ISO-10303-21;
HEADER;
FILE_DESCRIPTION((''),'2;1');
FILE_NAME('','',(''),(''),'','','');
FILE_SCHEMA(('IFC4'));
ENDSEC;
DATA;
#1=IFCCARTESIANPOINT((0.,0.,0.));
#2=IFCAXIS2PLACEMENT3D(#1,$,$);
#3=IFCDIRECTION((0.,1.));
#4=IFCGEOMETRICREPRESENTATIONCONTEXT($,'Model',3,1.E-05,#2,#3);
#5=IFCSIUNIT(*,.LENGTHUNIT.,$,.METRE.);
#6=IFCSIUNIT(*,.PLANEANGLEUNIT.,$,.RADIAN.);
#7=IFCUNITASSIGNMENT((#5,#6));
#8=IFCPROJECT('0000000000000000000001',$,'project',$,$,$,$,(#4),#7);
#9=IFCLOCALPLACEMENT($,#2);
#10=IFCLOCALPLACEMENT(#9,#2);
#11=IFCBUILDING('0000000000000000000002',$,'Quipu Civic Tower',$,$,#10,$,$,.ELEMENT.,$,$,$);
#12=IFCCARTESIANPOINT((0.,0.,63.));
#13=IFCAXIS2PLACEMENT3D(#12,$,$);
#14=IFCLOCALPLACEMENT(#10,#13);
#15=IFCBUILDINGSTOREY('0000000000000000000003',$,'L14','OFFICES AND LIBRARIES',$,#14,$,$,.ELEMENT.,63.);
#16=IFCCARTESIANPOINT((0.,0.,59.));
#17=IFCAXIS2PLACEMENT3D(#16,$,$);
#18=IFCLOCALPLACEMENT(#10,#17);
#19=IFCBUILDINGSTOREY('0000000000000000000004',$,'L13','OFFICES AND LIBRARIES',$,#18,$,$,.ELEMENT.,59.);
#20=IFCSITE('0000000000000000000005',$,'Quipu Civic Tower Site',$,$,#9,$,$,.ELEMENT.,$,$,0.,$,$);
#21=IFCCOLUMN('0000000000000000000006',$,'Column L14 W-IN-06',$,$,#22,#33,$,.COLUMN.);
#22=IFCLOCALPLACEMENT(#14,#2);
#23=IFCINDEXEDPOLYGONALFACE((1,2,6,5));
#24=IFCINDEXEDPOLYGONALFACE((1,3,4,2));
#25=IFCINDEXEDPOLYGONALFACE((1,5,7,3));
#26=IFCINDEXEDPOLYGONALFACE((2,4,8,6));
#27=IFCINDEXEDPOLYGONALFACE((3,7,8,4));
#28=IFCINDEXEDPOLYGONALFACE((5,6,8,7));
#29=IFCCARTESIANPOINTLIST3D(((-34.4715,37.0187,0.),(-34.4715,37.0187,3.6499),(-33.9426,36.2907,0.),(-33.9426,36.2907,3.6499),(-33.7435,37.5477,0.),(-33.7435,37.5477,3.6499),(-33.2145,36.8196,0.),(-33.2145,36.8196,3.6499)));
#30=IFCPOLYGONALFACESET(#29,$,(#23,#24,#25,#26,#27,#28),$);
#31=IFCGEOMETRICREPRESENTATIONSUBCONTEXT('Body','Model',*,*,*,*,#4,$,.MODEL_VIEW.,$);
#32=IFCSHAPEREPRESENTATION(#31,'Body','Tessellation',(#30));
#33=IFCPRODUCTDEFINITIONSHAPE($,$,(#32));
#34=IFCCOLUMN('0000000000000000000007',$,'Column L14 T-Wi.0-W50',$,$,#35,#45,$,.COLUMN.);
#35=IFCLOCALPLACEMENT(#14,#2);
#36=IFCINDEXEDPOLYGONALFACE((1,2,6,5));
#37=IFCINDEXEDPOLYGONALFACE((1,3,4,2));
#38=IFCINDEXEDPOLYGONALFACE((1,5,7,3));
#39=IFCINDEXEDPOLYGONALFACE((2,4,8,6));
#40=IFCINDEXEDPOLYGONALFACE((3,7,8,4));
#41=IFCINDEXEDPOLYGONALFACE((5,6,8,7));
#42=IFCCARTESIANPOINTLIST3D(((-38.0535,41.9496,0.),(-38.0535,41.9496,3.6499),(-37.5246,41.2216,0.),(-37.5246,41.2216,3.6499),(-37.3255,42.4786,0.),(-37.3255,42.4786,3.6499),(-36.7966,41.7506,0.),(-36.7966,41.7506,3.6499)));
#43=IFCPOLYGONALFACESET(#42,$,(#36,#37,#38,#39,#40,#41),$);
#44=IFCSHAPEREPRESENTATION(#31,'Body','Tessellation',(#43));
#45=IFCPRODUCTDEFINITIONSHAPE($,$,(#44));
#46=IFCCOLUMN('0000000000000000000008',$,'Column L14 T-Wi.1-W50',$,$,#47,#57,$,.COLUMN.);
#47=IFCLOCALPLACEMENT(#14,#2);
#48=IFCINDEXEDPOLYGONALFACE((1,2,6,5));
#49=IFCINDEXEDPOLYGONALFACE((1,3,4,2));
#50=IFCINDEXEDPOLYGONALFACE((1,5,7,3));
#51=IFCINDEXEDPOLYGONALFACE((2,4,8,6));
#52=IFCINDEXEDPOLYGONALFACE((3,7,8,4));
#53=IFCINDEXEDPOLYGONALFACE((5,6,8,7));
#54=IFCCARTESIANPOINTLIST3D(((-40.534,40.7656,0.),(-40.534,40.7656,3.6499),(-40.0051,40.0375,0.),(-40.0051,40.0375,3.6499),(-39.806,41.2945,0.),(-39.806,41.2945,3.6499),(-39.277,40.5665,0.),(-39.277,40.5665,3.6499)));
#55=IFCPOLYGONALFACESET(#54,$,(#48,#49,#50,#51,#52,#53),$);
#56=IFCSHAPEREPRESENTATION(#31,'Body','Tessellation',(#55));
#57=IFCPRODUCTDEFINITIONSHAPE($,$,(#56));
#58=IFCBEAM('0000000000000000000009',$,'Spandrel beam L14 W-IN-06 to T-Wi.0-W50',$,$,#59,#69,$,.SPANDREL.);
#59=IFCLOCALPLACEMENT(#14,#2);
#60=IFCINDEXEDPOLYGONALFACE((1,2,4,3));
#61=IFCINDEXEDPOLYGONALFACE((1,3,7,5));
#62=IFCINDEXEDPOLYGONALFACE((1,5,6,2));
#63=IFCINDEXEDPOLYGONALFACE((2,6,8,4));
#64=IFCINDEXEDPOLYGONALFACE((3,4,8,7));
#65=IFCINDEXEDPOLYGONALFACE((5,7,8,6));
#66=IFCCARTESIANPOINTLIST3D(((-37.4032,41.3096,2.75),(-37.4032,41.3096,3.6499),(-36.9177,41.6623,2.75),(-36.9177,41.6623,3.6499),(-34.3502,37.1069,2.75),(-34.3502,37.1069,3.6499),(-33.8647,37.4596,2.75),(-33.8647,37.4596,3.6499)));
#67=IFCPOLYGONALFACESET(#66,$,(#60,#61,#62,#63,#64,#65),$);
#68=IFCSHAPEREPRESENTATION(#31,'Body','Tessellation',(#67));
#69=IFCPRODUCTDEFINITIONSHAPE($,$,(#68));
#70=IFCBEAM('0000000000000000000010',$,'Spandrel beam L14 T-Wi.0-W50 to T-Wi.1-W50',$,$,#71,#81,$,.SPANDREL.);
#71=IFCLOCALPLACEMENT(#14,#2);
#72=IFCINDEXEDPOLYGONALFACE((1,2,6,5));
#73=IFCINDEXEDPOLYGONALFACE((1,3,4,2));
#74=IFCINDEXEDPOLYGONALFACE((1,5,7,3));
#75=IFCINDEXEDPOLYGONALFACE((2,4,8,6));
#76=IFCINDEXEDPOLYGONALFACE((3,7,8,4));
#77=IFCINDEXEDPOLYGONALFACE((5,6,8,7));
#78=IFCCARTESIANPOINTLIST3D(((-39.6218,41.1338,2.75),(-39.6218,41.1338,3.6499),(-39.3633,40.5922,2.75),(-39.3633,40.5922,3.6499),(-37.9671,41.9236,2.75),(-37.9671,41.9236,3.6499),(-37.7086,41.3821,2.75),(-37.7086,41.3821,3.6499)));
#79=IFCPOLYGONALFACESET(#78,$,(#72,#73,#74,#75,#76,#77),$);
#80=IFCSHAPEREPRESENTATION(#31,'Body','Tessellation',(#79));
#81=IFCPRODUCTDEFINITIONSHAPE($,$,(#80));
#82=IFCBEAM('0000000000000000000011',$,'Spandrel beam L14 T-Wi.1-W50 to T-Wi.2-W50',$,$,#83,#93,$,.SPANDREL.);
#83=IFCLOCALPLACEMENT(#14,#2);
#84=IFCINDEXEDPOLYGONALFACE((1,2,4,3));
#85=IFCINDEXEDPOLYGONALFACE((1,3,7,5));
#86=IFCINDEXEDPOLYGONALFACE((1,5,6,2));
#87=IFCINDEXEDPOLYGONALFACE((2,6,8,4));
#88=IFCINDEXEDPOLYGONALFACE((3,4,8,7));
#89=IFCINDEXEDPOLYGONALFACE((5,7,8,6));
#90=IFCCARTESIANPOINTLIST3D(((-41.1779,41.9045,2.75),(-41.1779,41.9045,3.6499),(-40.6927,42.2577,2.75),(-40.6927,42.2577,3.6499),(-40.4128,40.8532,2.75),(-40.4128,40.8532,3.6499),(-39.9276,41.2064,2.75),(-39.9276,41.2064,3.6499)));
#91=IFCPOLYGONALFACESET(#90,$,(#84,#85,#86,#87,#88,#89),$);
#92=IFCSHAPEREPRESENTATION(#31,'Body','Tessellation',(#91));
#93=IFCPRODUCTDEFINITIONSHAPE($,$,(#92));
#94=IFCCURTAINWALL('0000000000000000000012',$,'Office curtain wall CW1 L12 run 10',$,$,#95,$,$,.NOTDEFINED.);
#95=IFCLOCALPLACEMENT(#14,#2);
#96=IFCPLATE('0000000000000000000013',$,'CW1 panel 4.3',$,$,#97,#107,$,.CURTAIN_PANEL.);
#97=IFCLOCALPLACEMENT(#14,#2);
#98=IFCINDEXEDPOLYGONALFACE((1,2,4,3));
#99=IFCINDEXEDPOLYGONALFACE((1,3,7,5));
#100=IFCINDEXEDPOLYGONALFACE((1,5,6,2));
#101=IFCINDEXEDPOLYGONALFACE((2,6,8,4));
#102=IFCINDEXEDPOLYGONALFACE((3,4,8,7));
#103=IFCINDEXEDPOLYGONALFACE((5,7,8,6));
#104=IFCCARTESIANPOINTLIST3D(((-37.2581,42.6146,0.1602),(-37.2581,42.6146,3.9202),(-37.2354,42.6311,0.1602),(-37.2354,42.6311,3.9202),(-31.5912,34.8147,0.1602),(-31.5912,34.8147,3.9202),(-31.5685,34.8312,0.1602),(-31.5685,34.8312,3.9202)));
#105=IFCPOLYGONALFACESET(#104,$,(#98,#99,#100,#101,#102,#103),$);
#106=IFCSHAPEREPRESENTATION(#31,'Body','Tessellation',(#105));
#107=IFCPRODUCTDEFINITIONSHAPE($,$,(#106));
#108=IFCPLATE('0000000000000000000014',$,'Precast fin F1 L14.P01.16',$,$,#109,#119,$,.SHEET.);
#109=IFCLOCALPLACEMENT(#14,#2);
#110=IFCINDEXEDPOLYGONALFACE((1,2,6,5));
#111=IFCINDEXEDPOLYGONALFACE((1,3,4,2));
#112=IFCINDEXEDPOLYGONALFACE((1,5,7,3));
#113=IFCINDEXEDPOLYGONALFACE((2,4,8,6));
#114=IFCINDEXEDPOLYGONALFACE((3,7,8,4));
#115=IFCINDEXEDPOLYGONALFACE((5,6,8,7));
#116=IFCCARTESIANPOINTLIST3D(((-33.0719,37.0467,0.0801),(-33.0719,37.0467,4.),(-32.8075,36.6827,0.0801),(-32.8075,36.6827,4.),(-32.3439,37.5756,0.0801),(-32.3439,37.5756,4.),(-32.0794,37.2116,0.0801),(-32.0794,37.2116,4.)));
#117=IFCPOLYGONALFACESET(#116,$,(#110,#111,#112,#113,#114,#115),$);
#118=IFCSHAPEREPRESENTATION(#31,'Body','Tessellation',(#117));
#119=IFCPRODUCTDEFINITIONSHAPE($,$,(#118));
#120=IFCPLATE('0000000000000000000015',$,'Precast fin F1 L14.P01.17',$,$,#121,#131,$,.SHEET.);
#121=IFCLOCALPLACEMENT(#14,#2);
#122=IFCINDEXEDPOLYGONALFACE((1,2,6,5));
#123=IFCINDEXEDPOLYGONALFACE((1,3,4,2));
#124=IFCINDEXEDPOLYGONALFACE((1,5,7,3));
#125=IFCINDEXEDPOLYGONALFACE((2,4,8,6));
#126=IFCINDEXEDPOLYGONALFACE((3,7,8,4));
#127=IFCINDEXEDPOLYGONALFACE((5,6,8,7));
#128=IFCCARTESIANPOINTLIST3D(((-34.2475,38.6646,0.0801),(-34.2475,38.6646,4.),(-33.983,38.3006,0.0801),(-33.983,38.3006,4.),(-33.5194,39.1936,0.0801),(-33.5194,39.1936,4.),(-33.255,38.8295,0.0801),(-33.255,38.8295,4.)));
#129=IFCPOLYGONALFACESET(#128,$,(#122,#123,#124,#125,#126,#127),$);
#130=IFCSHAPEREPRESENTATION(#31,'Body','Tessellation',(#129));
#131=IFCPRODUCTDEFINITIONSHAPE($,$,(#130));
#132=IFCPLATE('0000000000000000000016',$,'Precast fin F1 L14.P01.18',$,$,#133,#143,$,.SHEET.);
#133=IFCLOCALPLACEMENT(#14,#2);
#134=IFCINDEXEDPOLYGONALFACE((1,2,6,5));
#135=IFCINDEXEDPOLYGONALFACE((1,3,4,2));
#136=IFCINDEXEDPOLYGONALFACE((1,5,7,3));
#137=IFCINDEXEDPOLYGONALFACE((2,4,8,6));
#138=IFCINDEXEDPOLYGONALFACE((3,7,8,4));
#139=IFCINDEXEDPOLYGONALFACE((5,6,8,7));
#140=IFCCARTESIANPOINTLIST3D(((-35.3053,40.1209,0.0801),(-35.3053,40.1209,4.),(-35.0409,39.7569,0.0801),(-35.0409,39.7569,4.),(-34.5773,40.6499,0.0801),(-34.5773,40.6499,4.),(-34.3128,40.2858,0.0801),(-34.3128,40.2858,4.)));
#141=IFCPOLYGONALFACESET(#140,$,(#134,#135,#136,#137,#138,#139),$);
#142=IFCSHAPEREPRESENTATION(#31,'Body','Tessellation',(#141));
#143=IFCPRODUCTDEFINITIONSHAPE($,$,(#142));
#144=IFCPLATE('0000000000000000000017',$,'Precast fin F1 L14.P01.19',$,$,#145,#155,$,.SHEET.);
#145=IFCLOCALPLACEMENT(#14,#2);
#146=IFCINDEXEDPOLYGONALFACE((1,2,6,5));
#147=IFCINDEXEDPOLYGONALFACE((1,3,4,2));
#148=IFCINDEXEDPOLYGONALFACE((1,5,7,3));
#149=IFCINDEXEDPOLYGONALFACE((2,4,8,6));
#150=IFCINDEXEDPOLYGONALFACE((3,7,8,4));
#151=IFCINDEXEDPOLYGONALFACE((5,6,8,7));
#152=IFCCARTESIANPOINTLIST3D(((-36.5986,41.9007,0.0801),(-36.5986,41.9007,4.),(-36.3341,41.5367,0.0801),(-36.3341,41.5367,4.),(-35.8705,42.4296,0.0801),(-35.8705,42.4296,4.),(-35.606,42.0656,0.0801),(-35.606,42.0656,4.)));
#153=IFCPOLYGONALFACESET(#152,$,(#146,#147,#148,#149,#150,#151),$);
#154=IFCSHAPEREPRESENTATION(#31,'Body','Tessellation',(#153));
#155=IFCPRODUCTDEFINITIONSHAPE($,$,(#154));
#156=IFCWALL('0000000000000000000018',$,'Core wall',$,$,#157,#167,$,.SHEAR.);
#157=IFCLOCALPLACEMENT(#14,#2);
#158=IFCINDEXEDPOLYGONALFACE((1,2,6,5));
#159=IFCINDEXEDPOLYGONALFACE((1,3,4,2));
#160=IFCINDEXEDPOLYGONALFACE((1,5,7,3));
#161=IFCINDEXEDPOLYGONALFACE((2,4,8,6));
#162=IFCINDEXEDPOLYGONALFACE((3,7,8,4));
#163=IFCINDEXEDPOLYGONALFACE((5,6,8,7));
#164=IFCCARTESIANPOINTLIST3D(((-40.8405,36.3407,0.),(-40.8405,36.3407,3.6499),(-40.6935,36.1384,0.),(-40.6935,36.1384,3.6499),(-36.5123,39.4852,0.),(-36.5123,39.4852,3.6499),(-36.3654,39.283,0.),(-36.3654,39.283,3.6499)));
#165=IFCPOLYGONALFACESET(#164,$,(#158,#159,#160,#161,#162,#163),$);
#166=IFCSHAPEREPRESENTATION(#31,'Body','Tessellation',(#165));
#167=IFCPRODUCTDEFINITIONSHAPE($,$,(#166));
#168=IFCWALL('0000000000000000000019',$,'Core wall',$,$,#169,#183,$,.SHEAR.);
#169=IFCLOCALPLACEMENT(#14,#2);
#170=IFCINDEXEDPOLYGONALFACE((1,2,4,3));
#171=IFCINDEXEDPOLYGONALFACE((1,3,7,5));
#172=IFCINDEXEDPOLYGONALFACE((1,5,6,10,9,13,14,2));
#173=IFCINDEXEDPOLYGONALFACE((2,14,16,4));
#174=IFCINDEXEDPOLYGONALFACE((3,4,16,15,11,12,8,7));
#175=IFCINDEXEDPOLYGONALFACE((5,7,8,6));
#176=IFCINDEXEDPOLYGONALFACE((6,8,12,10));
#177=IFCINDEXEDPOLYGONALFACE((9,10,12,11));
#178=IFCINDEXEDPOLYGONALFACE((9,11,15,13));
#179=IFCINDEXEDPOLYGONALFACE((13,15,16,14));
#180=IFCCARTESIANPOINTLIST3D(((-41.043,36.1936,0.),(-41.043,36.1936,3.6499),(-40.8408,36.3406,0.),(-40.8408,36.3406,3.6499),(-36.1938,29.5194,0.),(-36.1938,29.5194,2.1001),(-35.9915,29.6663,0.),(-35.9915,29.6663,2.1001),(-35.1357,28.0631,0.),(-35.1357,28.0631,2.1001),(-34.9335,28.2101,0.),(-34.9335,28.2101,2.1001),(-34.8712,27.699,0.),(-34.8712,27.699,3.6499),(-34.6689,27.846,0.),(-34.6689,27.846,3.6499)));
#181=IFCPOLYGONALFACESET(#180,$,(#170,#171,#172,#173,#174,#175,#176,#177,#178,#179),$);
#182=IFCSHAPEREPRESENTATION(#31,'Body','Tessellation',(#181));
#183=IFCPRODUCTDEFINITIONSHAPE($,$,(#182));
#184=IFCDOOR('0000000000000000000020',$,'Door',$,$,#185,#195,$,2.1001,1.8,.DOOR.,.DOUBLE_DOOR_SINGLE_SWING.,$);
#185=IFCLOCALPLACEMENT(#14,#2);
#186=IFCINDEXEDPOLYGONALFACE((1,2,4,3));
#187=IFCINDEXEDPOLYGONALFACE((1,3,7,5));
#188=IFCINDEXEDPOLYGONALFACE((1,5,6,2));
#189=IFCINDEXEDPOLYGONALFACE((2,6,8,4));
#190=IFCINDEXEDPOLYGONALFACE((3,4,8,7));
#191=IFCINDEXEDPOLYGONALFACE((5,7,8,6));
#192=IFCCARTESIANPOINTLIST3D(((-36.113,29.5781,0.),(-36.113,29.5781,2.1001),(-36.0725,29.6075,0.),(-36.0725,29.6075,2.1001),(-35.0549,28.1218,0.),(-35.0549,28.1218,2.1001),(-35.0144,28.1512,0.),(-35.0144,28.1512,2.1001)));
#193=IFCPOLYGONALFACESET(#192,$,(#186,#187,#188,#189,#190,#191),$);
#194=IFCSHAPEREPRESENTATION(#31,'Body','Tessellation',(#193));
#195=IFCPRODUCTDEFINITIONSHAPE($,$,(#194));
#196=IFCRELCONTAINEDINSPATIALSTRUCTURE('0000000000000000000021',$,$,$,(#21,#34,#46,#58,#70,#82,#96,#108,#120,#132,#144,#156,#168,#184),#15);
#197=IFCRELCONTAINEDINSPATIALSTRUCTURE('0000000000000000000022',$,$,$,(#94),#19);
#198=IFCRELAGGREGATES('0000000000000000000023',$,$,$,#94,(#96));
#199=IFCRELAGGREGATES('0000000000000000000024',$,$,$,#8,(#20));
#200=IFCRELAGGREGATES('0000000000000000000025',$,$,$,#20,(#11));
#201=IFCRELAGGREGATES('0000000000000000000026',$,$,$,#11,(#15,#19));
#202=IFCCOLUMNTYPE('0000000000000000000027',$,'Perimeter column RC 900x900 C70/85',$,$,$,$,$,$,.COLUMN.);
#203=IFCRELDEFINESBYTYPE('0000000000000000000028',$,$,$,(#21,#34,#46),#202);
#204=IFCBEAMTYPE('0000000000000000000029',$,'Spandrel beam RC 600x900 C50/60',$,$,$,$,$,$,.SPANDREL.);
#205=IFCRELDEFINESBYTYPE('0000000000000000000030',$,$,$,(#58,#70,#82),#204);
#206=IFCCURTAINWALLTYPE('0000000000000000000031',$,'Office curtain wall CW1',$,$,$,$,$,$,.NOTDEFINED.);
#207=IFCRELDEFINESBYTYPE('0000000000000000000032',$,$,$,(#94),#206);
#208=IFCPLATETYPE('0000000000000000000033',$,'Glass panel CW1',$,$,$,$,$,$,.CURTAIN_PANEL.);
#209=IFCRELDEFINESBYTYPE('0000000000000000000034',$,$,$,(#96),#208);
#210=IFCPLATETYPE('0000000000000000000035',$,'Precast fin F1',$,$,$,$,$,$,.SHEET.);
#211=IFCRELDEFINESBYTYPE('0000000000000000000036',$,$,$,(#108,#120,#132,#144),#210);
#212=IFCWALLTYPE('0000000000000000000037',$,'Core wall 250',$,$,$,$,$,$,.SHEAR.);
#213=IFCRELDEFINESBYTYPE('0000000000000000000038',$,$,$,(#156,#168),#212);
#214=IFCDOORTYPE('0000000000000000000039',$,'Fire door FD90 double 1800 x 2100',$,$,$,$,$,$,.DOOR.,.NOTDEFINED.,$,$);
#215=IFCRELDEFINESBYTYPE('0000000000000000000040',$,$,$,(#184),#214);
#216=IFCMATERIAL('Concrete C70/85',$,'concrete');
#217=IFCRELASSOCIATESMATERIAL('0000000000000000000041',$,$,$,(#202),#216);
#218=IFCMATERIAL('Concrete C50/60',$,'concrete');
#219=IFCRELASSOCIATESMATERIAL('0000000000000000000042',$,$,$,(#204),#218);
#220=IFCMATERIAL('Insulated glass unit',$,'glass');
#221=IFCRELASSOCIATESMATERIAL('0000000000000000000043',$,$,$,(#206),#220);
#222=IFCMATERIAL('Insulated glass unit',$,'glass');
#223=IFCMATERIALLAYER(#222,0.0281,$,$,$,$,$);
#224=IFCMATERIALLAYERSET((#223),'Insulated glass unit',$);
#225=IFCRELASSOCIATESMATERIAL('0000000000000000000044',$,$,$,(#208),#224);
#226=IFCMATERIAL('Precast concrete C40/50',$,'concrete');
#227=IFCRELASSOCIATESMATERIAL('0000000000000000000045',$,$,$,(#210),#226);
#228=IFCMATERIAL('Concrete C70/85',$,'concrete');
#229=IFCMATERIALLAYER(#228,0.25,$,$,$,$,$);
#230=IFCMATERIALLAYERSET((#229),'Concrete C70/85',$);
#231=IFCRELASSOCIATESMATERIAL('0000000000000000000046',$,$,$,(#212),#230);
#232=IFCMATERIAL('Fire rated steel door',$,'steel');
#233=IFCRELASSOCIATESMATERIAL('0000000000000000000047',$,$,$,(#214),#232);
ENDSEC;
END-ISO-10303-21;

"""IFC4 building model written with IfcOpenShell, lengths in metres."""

from ifc_helpers import new_model, si_unit, direction, frame, frame_2d, origin, origin_2d, place, context, subcontext, project, spatial, rectangle, extrude, material, layer, layer_set, material_profile, profile_set, type_object, element, fill, aggregate, save


model = new_model("IFC4")

# Units and contexts
model_context = context("Model", 3, precision=1e-05, world=origin(), true_north=direction((0.0, 1.0)))
body_context = subcontext(model_context, "Body", "Model", "MODEL_VIEW")
ifc_project = project(units=[si_unit("LENGTHUNIT", "METRE"), si_unit("PLANEANGLEUNIT", "RADIAN")], contexts=[model_context])

# Site, building, storey
site_placement = place(None, origin())
site = spatial("IfcSite", under=ifc_project, at=site_placement, Name="Quipu Civic Tower Site", CompositionType="ELEMENT", RefElevation=0.0)
building_placement = place(site_placement, origin())
building = spatial("IfcBuilding", under=site, at=building_placement, Name="Quipu Civic Tower", CompositionType="ELEMENT")
storey_1_placement = place(building_placement, frame((0.0, 0.0, 63.0)))
storey_1 = spatial("IfcBuildingStorey", under=building, at=storey_1_placement, Name="L14", Description="OFFICES AND LIBRARIES", CompositionType="ELEMENT", Elevation=63.0)

# Columns
ifc_material_1 = material(Name="Concrete C70/85", Category="concrete")
ifc_material_profile_1 = material_profile(ifc_material_1, rectangle(XDim=0.8999, YDim=0.8999, at=origin_2d()), Name="RC900x900")
ifc_profile_set_1 = profile_set([ifc_material_profile_1], Name="Concrete C70/85")
column_type = type_object("IfcColumnType", Name="Perimeter column RC 900x900 C70/85", PredefinedType="COLUMN", material=ifc_profile_set_1)
for number, where, z_axis, x_axis, name in (
    (1, (-33.843, 36.9192, 0.0), (0.0, 0.0, 1.0), (-0.587785, 0.809017, 0.0), "Column L14 W-IN-06"),
    (2, (-37.425, 41.8501, 0.0), (0.0, 0.0, 1.0), (-0.587785, 0.809017, 0.0), "Column L14 T-Wi.0-W50"),
    (3, (-39.9055, 40.666, 0.0), (0.0, 0.0, 1.0), (-0.587785, 0.809017, 0.0), "Column L14 T-Wi.1-W50"),
):
    element("IfcColumn", number, at=place(storey_1_placement, frame(where, z_axis=z_axis, x_axis=x_axis)), inside=storey_1, type_object=column_type, Name=name, PredefinedType="COLUMN", context=body_context, shape_type="SweptSolid", body=[
        extrude(rectangle(XDim=0.8999, YDim=0.8999, at=origin_2d()), origin(), (0.0, 0.0, 1.0), 3.6499),
    ])

# Beams
ifc_material_2 = material(Name="Concrete C50/60", Category="concrete")
ifc_material_profile_2 = material_profile(ifc_material_2, rectangle(XDim=0.6001, YDim=0.8999, at=origin_2d()), Name="RC600x900")
ifc_profile_set_2 = profile_set([ifc_material_profile_2], Name="Concrete C50/60")
beam_type = type_object("IfcBeamType", Name="Spandrel beam RC 600x900 C50/60", PredefinedType="SPANDREL", material=ifc_profile_set_2)
beam_1_placement = place(storey_1_placement, frame((-34.1074, 37.2832, 3.2), z_axis=(-0.587733, 0.809055, 0.0), x_axis=(-0.809055, -0.587733, 0.0)))
element("IfcBeam", 4, at=beam_1_placement, inside=storey_1, type_object=beam_type, Name="Spandrel beam L14 W-IN-06 to T-Wi.0-W50", PredefinedType="SPANDREL", context=body_context, shape_type="SweptSolid", body=[
    extrude(rectangle(XDim=0.6001, YDim=0.8999, at=origin_2d()), origin(), (0.0, 0.0, 1.0), 5.1946),
])
beam_2_placement = place(storey_1_placement, frame((-37.8379, 41.6528, 3.2), z_axis=(-0.902454, -0.430786, 0.0), x_axis=(0.430786, -0.902454, 0.0)))
element("IfcBeam", 5, at=beam_2_placement, inside=storey_1, type_object=beam_type, Name="Spandrel beam L14 T-Wi.0-W50 to T-Wi.1-W50", PredefinedType="SPANDREL", context=body_context, shape_type="SweptSolid", body=[
    extrude(rectangle(XDim=0.6001, YDim=0.8999, at=origin_2d()), origin(), (0.0, 0.0, 1.0), 1.8335),
])
beam_3_placement = place(storey_1_placement, frame((-40.1702, 41.0298, 3.2), z_axis=(-0.588462, 0.808525, 0.0), x_axis=(-0.808525, -0.588462, 0.0)))
element("IfcBeam", 6, at=beam_3_placement, inside=storey_1, type_object=beam_type, Name="Spandrel beam L14 T-Wi.1-W50 to T-Wi.2-W50", PredefinedType="SPANDREL", context=body_context, shape_type="SweptSolid", body=[
    extrude(rectangle(XDim=0.6001, YDim=0.8999, at=origin_2d()), origin(), (0.0, 0.0, 1.0), 1.3003),
])

# Shared definitions
storey_2_placement = place(building_placement, frame((0.0, 0.0, 59.0)))
storey_2 = spatial("IfcBuildingStorey", under=building, at=storey_2_placement, Name="L13", Description="OFFICES AND LIBRARIES", CompositionType="ELEMENT", Elevation=59.0)

# Curtain wall, plate
ifc_material_3 = material(Name="Insulated glass unit", Category="glass")
curtain_wall_type = type_object("IfcCurtainWallType", Name="Office curtain wall CW1", PredefinedType="NOTDEFINED", material=ifc_material_3)
curtain_wall_placement = place(storey_2_placement, origin())
curtain_wall = element("IfcCurtainWall", 7, at=curtain_wall_placement, inside=storey_2, type_object=curtain_wall_type, Name="Office curtain wall CW1 L12 run 10", PredefinedType="NOTDEFINED")
ifc_material_4 = material(Name="Insulated glass unit", Category="glass")
ifc_layer_1 = layer(ifc_material_4, 0.0281)
ifc_layer_set_1 = layer_set([ifc_layer_1], Name="Insulated glass unit")
plate_type_1 = type_object("IfcPlateType", Name="Glass panel CW1", PredefinedType="CURTAIN_PANEL", material=ifc_layer_set_1)
plate_placement = place(storey_1_placement, frame((-34.4133, 38.7229, 0.1602), z_axis=(0.0, 0.0, 1.0), x_axis=(-0.587786, 0.809017, 0.0)))
plate = element("IfcPlate", 8, at=plate_placement, inside=storey_1, type_object=plate_type_1, Name="CW1 panel 4.3", PredefinedType="CURTAIN_PANEL", context=body_context, shape_type="SweptSolid", body=[
    extrude(rectangle(XDim=9.6411, YDim=0.0281, at=origin_2d()), origin(), (0.0, 0.0, 1.0), 3.76),
])
aggregate(curtain_wall, [plate])

# Plates
ifc_material_5 = material(Name="Precast concrete C40/50", Category="concrete")
plate_type_2 = type_object("IfcPlateType", Name="Precast fin F1", PredefinedType="SHEET", material=ifc_material_5)
for number, where, z_axis, x_axis, name in (
    (9, (-32.5757, 37.1292, 0.0801), (0.0, 0.0, 1.0), (-0.587785, 0.809017, 0.0), "Precast fin F1 L14.P01.16"),
    (10, (-33.7512, 38.7471, 0.0801), (0.0, 0.0, 1.0), (-0.587785, 0.809017, 0.0), "Precast fin F1 L14.P01.17"),
    (11, (-34.8091, 40.2034, 0.0801), (0.0, 0.0, 1.0), (-0.587785, 0.809017, 0.0), "Precast fin F1 L14.P01.18"),
    (12, (-36.1023, 41.9832, 0.0801), (0.0, 0.0, 1.0), (-0.587785, 0.809017, 0.0), "Precast fin F1 L14.P01.19"),
):
    element("IfcPlate", number, at=place(storey_1_placement, frame(where, z_axis=z_axis, x_axis=x_axis)), inside=storey_1, type_object=plate_type_2, Name=name, PredefinedType="SHEET", context=body_context, shape_type="SweptSolid", body=[
        extrude(rectangle(XDim=0.45, YDim=0.8999, at=origin_2d()), origin(), (0.0, 0.0, 1.0), 3.9199),
    ])

# Wall
ifc_material_6 = material(Name="Concrete C70/85", Category="concrete")
ifc_layer_2 = layer(ifc_material_6, 0.25)
ifc_layer_set_2 = layer_set([ifc_layer_2], Name="Concrete C70/85")
wall_type_1 = type_object("IfcWallType", Name="Core wall 250", PredefinedType="SHEAR", material=ifc_layer_set_2)
wall_1_placement = place(storey_1_placement, frame((-36.439, 39.384, 0.0), z_axis=(0.0, 0.0, 1.0), x_axis=(-0.80902, -0.587781, 0.0)))
element("IfcWall", 13, at=wall_1_placement, inside=storey_1, type_object=wall_type_1, Name="Core wall", PredefinedType="SHEAR", context=body_context, shape_type="SweptSolid", body=[
    extrude(rectangle(XDim=5.3499, YDim=0.25, at=frame_2d((2.6748, 0.0))), origin(), (0.0, 0.0, 1.0), 3.6499),
])

# Wall, opening, door
wall_2_placement = place(storey_1_placement, frame((-40.9419, 36.2671, 0.0), z_axis=(0.0, 0.0, 1.0), x_axis=(0.587796, -0.809009, 0.0)))
wall_2 = element("IfcWall", 14, at=wall_2_placement, inside=storey_1, type_object=wall_type_1, Name="Core wall", PredefinedType="SHEAR", context=body_context, shape_type="SweptSolid", body=[
    extrude(rectangle(XDim=10.5, YDim=0.25, at=frame_2d((5.25, 0.0))), origin(), (0.0, 0.0, 1.0), 3.6499),
])
opening_placement = place(wall_2_placement, frame((8.25, 0.0, 0.0)))
opening = element("IfcOpeningElement", 15, at=opening_placement, cuts=wall_2, PredefinedType="OPENING", context=body_context, shape_type="SweptSolid", body=[
    extrude(rectangle(XDim=1.8, YDim=2.1001, at=frame_2d((0.8999, 1.05))), frame((0.0, 0.135, 0.0), z_axis=(0.0, -1.0, 0.0), x_axis=(1.0, 0.0, 0.0)), (0.0, 0.0, 1.0), 0.27),
])
ifc_material_7 = material(Name="Fire rated steel door", Category="steel")
door_type = type_object("IfcDoorType", Name="Fire door FD90 double 1800 x 2100", OperationType="NOTDEFINED", PredefinedType="DOOR", material=ifc_material_7)
door_placement = place(opening_placement, origin())
door = element("IfcDoor", 16, at=door_placement, inside=storey_1, type_object=door_type, Name="Door", OperationType="DOUBLE_DOOR_SINGLE_SWING", OverallHeight=2.1001, OverallWidth=1.8, PredefinedType="DOOR", context=body_context, shape_type="SweptSolid", body=[
    extrude(rectangle(XDim=1.8, YDim=2.1001, at=frame_2d((0.8999, 1.05))), frame((0.0, 0.0249, 0.0), z_axis=(0.0, -1.0, 0.0), x_axis=(1.0, 0.0, 0.0)), (0.0, 0.0, 1.0), 0.05),
])
fill(opening, door)

save(model, "model.ifc")
